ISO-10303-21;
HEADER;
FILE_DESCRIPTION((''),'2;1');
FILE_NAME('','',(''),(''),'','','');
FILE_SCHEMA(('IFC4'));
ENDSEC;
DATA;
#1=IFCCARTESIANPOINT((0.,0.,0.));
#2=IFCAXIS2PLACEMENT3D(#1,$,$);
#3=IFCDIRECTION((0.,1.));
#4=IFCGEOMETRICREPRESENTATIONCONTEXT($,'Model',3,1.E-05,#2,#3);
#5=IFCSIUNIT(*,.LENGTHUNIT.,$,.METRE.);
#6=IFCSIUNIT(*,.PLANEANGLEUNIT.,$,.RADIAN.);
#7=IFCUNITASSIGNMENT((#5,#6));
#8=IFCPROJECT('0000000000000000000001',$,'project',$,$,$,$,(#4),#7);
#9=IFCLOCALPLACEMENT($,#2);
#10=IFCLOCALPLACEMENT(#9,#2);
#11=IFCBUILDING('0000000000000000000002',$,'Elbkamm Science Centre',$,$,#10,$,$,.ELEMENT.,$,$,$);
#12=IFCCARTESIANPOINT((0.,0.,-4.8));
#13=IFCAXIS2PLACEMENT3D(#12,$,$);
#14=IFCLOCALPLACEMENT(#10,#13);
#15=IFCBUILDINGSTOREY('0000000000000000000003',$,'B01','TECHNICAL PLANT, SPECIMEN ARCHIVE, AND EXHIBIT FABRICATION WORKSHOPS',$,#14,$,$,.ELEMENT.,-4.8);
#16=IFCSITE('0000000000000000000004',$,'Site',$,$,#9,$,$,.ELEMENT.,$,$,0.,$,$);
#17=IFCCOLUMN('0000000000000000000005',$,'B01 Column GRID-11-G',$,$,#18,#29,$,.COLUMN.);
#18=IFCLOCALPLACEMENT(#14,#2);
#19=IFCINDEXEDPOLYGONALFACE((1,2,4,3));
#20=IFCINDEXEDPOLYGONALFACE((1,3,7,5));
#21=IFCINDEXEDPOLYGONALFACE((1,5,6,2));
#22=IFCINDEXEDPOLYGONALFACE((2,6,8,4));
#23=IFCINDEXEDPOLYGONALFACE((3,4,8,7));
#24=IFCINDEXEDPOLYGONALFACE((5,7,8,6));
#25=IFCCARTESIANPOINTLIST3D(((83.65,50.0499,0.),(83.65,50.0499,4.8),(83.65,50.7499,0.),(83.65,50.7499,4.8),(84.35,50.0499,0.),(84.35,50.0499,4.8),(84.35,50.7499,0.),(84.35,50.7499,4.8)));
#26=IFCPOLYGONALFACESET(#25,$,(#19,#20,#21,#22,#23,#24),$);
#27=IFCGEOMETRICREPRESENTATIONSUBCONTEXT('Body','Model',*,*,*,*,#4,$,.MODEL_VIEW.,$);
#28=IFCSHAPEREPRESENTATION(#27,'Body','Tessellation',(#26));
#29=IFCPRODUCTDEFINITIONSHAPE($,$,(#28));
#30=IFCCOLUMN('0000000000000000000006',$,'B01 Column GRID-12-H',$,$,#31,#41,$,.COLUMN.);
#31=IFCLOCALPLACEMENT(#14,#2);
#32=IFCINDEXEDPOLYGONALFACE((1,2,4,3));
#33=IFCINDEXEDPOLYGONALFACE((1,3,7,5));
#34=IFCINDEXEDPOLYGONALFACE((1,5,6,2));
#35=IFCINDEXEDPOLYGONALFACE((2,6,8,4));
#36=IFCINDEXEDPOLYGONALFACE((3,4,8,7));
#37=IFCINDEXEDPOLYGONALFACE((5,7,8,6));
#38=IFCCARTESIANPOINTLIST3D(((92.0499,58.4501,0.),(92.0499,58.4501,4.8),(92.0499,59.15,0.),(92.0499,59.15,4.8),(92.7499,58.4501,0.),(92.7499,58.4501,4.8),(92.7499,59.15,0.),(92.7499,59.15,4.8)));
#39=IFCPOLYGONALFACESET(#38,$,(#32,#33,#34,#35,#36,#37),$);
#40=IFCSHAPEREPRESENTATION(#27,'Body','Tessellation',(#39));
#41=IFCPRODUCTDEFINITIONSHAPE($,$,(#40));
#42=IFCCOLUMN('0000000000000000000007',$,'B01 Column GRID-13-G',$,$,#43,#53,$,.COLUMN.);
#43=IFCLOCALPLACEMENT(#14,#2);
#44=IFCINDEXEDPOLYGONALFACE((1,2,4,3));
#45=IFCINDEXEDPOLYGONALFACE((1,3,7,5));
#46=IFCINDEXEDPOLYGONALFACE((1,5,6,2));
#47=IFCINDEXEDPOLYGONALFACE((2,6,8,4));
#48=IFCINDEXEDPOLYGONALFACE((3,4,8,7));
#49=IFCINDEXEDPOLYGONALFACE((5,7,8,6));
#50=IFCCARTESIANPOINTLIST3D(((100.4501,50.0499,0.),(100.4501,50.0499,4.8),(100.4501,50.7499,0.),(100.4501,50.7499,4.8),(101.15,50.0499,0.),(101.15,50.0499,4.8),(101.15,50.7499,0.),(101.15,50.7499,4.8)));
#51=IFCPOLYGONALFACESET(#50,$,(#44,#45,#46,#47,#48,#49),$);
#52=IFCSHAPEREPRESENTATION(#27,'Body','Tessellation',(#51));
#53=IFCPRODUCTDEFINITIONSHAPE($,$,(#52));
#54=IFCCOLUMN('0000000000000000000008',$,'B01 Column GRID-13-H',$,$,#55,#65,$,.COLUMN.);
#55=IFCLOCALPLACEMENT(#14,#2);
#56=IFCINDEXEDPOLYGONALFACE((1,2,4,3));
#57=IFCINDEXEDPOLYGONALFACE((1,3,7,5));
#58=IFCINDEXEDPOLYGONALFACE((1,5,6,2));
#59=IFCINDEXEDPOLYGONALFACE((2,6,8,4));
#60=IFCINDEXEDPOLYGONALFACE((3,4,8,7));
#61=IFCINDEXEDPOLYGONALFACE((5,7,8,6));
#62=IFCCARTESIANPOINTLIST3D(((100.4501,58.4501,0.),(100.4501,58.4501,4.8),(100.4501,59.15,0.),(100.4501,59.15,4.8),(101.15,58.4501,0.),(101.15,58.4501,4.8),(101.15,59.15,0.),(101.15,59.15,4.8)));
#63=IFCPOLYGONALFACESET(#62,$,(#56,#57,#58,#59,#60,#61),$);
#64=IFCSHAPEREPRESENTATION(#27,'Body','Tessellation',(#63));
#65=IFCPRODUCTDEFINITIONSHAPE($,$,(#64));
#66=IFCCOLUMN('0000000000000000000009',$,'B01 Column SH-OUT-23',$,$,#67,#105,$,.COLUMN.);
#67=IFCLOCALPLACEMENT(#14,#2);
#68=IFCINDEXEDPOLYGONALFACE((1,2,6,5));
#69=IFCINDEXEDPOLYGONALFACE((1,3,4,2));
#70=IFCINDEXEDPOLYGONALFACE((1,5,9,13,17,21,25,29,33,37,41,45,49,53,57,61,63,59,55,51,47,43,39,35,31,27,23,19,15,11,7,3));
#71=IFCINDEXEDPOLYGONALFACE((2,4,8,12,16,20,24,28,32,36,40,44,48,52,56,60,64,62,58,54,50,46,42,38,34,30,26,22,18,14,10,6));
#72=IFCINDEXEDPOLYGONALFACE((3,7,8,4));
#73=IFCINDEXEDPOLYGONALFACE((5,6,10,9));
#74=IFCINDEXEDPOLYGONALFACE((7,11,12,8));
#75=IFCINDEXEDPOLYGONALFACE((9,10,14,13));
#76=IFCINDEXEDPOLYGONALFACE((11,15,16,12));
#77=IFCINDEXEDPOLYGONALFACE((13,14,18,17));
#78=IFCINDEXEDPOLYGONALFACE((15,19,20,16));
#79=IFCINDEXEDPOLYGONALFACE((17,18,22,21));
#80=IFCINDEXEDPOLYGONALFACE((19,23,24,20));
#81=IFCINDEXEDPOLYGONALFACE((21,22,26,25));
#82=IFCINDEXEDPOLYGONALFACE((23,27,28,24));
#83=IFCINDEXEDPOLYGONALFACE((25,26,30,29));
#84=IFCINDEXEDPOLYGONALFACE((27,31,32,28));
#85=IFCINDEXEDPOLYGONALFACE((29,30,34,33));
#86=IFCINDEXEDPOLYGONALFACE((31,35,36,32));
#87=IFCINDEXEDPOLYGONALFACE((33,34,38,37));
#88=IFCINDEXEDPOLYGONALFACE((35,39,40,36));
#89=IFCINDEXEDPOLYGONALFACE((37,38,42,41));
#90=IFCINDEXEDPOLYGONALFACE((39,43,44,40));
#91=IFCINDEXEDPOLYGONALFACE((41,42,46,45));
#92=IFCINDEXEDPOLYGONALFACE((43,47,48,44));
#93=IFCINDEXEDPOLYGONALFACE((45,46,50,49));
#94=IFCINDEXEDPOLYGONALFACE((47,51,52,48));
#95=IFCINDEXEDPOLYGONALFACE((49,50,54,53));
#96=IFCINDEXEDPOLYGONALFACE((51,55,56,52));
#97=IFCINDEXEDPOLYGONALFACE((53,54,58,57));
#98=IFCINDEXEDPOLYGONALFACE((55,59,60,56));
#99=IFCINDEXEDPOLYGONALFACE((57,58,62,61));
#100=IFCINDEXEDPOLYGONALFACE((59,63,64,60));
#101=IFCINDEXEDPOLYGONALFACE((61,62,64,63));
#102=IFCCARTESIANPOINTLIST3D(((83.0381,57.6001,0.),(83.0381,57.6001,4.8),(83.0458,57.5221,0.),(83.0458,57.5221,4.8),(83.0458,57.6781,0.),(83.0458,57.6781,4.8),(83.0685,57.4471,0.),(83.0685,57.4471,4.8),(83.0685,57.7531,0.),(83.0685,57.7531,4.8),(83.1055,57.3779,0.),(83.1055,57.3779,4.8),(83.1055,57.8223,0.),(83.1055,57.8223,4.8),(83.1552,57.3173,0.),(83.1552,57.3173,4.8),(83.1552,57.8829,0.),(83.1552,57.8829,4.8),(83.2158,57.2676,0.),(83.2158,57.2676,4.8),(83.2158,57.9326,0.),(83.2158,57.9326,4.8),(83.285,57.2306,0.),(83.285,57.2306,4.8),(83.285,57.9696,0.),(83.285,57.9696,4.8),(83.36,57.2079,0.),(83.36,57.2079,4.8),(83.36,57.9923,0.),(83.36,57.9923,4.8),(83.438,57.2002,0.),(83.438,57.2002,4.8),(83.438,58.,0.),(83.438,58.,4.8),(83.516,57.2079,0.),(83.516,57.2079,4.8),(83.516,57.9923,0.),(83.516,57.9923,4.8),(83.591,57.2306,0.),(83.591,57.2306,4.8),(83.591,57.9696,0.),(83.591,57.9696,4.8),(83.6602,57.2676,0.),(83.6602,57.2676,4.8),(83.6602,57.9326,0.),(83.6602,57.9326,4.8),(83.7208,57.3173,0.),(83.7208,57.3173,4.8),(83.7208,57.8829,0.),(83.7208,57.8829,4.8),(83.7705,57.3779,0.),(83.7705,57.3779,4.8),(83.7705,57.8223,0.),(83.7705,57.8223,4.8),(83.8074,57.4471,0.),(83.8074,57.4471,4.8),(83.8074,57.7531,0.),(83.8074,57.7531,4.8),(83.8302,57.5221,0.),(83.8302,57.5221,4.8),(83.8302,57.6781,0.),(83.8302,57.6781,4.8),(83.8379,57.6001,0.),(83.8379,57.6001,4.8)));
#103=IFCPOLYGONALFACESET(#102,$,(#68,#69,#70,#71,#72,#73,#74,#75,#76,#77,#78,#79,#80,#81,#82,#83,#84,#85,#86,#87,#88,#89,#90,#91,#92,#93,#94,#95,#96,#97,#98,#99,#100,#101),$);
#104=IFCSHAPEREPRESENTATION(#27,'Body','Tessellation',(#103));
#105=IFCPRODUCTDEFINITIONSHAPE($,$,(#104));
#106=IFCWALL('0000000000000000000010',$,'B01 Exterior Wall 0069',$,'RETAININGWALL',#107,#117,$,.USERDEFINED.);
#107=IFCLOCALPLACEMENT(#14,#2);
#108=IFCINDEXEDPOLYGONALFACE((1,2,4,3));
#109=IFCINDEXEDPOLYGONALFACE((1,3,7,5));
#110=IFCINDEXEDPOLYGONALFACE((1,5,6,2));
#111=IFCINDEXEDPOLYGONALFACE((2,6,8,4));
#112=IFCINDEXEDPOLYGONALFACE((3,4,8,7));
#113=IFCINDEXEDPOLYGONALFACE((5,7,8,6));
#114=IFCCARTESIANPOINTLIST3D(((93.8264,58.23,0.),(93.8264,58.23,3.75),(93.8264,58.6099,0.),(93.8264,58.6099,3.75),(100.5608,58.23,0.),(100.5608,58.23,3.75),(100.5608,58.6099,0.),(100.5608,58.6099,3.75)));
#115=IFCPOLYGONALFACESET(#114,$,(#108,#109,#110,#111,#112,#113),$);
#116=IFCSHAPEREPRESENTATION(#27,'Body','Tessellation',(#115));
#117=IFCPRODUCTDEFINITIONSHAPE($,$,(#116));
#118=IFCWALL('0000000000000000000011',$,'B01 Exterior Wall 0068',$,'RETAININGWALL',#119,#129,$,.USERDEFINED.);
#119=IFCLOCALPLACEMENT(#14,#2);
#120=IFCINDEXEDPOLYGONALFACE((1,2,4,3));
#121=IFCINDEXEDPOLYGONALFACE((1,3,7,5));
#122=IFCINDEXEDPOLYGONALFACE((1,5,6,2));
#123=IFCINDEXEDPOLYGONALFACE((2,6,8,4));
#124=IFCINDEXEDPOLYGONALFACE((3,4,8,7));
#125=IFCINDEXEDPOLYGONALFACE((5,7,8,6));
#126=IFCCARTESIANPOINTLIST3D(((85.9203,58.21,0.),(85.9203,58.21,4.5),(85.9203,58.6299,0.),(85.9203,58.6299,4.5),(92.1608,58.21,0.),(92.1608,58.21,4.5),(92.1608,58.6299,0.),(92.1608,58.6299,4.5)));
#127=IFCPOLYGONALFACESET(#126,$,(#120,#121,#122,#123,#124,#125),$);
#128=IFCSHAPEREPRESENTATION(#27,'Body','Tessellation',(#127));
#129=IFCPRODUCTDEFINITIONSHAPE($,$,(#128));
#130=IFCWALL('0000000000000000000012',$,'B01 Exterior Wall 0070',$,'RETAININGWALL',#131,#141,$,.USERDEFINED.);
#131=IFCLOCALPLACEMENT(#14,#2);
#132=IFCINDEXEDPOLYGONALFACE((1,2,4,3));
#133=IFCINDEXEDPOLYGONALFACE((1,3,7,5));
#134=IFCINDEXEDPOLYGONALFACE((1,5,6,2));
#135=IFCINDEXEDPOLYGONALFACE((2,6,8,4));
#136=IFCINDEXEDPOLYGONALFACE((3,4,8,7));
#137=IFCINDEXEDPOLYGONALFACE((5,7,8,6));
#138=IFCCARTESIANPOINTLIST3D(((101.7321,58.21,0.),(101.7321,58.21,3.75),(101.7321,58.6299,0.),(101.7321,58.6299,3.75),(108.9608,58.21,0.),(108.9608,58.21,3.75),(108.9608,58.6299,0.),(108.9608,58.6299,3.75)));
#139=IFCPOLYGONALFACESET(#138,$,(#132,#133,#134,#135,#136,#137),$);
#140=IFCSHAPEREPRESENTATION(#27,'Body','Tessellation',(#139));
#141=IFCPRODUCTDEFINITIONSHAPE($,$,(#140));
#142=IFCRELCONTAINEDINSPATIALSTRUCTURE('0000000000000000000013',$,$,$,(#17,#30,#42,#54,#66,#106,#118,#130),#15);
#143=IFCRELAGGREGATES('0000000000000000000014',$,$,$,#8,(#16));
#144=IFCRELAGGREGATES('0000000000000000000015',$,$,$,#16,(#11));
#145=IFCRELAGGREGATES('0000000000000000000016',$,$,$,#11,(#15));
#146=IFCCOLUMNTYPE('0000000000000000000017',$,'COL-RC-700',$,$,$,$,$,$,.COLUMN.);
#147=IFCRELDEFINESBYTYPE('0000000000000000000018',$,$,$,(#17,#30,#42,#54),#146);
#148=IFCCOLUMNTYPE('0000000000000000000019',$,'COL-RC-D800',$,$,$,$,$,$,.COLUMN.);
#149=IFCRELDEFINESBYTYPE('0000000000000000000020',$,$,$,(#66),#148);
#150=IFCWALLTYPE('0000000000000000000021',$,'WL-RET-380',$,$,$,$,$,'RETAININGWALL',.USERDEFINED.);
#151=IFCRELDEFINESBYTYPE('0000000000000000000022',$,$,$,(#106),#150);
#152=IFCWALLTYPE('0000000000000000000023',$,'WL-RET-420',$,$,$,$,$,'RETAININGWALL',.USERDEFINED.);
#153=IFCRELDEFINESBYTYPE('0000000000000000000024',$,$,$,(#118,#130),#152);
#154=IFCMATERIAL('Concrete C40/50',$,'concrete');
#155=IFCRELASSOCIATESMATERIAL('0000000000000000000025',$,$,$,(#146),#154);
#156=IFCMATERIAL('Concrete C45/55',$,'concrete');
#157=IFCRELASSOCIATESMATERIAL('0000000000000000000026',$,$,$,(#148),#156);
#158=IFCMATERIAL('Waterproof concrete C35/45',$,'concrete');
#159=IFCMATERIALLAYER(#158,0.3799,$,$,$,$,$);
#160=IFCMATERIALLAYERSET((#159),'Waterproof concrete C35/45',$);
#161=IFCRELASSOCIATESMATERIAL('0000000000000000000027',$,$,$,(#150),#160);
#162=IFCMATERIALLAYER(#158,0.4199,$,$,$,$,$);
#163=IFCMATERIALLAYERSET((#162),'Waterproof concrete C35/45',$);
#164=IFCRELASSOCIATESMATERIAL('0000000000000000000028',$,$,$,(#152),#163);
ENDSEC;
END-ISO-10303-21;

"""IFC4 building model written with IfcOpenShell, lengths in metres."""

from ifc_helpers import new_model, si_unit, direction, frame, frame_2d, origin, origin_2d, place, context, subcontext, project, spatial, rectangle, circle, extrude, material, layer, layer_set, material_profile, profile_set, type_object, element, save


model = new_model("IFC4")

# Units and contexts
model_context = context("Model", 3, precision=1e-05, world=origin(), true_north=direction((0.0, 1.0)))
body_context = subcontext(model_context, "Body", "Model", "MODEL_VIEW")
ifc_project = project(units=[si_unit("LENGTHUNIT", "METRE"), si_unit("PLANEANGLEUNIT", "RADIAN")], contexts=[model_context])

# Site, building, storey
site_placement = place(None, origin())
site = spatial("IfcSite", under=ifc_project, at=site_placement, Name="Site", CompositionType="ELEMENT", RefElevation=0.0)
building_placement = place(site_placement, origin())
building = spatial("IfcBuilding", under=site, at=building_placement, Name="Elbkamm Science Centre", CompositionType="ELEMENT")
storey_placement = place(building_placement, frame((0.0, 0.0, -4.8)))
storey = spatial("IfcBuildingStorey", under=building, at=storey_placement, Name="B01", Description="TECHNICAL PLANT, SPECIMEN ARCHIVE, AND EXHIBIT FABRICATION WORKSHOPS", CompositionType="ELEMENT", Elevation=-4.8)

# Columns
ifc_material_1 = material(Name="Concrete C40/50", Category="concrete")
ifc_material_profile_1 = material_profile(ifc_material_1, rectangle(XDim=0.7, YDim=0.7, at=origin_2d()), Name="RC 700x700")
ifc_profile_set_1 = profile_set([ifc_material_profile_1], Name="Concrete C40/50")
column_type_1 = type_object("IfcColumnType", Name="COL-RC-700", PredefinedType="COLUMN", material=ifc_profile_set_1)
for number, where, z_axis, x_axis, name in (
    (1, (84.0, 50.3999, 0.0), (0.0, 0.0, 1.0), (1.0, 0.0, 0.0), "B01 Column GRID-11-G"),
    (2, (92.3999, 58.8, 0.0), (0.0, 0.0, 1.0), (1.0, 0.0, 0.0), "B01 Column GRID-12-H"),
    (3, (100.8, 50.3999, 0.0), (0.0, 0.0, 1.0), (1.0, 0.0, 0.0), "B01 Column GRID-13-G"),
    (4, (100.8, 58.8, 0.0), (0.0, 0.0, 1.0), (1.0, 0.0, 0.0), "B01 Column GRID-13-H"),
):
    element("IfcColumn", number, at=place(storey_placement, frame(where, z_axis=z_axis, x_axis=x_axis)), inside=storey, type_object=column_type_1, Name=name, PredefinedType="COLUMN", context=body_context, shape_type="SweptSolid", body=[
        extrude(rectangle(XDim=0.7, YDim=0.7, at=origin_2d()), origin(), (0.0, 0.0, 1.0), 4.8),
    ])
ifc_material_2 = material(Name="Concrete C45/55", Category="concrete")
ifc_material_profile_2 = material_profile(ifc_material_2, circle(Radius=0.3999, at=origin_2d()), Name="RC D800")
ifc_profile_set_2 = profile_set([ifc_material_profile_2], Name="Concrete C45/55")
column_type_2 = type_object("IfcColumnType", Name="COL-RC-D800", PredefinedType="COLUMN", material=ifc_profile_set_2)
column_placement = place(storey_placement, frame((83.438, 57.6001, 0.0), z_axis=(0.0, 0.0, 1.0), x_axis=(1.0, 0.0, 0.0)))
element("IfcColumn", 5, at=column_placement, inside=storey, type_object=column_type_2, Name="B01 Column SH-OUT-23", PredefinedType="COLUMN", context=body_context, shape_type="SweptSolid", body=[
    extrude(circle(Radius=0.3999, at=origin_2d()), origin(), (0.0, 0.0, 1.0), 4.8),
])

# Walls
ifc_material_3 = material(Name="Waterproof concrete C35/45", Category="concrete")
ifc_layer_1 = layer(ifc_material_3, 0.3799)
ifc_layer_set_1 = layer_set([ifc_layer_1], Name="Waterproof concrete C35/45")
wall_type_1 = type_object("IfcWallType", Name="WL-RET-380", ElementType="RETAININGWALL", PredefinedType="USERDEFINED", material=ifc_layer_set_1)
wall_1_placement = place(storey_placement, frame((93.8264, 58.4199, 0.0), z_axis=(0.0, 0.0, 1.0), x_axis=(1.0, 0.0, 0.0)))
element("IfcWall", 6, at=wall_1_placement, inside=storey, type_object=wall_type_1, Name="B01 Exterior Wall 0069", ObjectType="RETAININGWALL", PredefinedType="USERDEFINED", context=body_context, shape_type="SweptSolid", body=[
    extrude(rectangle(XDim=6.7344, YDim=0.3799, at=frame_2d((3.3672, 0.0))), origin(), (0.0, 0.0, 1.0), 3.75),
])
ifc_layer_2 = layer(ifc_material_3, 0.4199)
ifc_layer_set_2 = layer_set([ifc_layer_2], Name="Waterproof concrete C35/45")
wall_type_2 = type_object("IfcWallType", Name="WL-RET-420", ElementType="RETAININGWALL", PredefinedType="USERDEFINED", material=ifc_layer_set_2)
wall_2_placement = place(storey_placement, frame((85.9204, 58.4199, 0.0), z_axis=(0.0, 0.0, 1.0), x_axis=(1.0, 0.0, 0.0)))
element("IfcWall", 7, at=wall_2_placement, inside=storey, type_object=wall_type_2, Name="B01 Exterior Wall 0068", ObjectType="RETAININGWALL", PredefinedType="USERDEFINED", context=body_context, shape_type="SweptSolid", body=[
    extrude(rectangle(XDim=6.2405, YDim=0.4199, at=frame_2d((3.1201, 0.0))), origin(), (0.0, 0.0, 1.0), 4.5),
])
wall_3_placement = place(storey_placement, frame((101.7322, 58.4199, 0.0), z_axis=(0.0, 0.0, 1.0), x_axis=(1.0, 0.0, 0.0)))
element("IfcWall", 8, at=wall_3_placement, inside=storey, type_object=wall_type_2, Name="B01 Exterior Wall 0070", ObjectType="RETAININGWALL", PredefinedType="USERDEFINED", context=body_context, shape_type="SweptSolid", body=[
    extrude(rectangle(XDim=7.2288, YDim=0.4199, at=frame_2d((3.6143, 0.0))), origin(), (0.0, 0.0, 1.0), 3.75),
])

save(model, "model.ifc")
